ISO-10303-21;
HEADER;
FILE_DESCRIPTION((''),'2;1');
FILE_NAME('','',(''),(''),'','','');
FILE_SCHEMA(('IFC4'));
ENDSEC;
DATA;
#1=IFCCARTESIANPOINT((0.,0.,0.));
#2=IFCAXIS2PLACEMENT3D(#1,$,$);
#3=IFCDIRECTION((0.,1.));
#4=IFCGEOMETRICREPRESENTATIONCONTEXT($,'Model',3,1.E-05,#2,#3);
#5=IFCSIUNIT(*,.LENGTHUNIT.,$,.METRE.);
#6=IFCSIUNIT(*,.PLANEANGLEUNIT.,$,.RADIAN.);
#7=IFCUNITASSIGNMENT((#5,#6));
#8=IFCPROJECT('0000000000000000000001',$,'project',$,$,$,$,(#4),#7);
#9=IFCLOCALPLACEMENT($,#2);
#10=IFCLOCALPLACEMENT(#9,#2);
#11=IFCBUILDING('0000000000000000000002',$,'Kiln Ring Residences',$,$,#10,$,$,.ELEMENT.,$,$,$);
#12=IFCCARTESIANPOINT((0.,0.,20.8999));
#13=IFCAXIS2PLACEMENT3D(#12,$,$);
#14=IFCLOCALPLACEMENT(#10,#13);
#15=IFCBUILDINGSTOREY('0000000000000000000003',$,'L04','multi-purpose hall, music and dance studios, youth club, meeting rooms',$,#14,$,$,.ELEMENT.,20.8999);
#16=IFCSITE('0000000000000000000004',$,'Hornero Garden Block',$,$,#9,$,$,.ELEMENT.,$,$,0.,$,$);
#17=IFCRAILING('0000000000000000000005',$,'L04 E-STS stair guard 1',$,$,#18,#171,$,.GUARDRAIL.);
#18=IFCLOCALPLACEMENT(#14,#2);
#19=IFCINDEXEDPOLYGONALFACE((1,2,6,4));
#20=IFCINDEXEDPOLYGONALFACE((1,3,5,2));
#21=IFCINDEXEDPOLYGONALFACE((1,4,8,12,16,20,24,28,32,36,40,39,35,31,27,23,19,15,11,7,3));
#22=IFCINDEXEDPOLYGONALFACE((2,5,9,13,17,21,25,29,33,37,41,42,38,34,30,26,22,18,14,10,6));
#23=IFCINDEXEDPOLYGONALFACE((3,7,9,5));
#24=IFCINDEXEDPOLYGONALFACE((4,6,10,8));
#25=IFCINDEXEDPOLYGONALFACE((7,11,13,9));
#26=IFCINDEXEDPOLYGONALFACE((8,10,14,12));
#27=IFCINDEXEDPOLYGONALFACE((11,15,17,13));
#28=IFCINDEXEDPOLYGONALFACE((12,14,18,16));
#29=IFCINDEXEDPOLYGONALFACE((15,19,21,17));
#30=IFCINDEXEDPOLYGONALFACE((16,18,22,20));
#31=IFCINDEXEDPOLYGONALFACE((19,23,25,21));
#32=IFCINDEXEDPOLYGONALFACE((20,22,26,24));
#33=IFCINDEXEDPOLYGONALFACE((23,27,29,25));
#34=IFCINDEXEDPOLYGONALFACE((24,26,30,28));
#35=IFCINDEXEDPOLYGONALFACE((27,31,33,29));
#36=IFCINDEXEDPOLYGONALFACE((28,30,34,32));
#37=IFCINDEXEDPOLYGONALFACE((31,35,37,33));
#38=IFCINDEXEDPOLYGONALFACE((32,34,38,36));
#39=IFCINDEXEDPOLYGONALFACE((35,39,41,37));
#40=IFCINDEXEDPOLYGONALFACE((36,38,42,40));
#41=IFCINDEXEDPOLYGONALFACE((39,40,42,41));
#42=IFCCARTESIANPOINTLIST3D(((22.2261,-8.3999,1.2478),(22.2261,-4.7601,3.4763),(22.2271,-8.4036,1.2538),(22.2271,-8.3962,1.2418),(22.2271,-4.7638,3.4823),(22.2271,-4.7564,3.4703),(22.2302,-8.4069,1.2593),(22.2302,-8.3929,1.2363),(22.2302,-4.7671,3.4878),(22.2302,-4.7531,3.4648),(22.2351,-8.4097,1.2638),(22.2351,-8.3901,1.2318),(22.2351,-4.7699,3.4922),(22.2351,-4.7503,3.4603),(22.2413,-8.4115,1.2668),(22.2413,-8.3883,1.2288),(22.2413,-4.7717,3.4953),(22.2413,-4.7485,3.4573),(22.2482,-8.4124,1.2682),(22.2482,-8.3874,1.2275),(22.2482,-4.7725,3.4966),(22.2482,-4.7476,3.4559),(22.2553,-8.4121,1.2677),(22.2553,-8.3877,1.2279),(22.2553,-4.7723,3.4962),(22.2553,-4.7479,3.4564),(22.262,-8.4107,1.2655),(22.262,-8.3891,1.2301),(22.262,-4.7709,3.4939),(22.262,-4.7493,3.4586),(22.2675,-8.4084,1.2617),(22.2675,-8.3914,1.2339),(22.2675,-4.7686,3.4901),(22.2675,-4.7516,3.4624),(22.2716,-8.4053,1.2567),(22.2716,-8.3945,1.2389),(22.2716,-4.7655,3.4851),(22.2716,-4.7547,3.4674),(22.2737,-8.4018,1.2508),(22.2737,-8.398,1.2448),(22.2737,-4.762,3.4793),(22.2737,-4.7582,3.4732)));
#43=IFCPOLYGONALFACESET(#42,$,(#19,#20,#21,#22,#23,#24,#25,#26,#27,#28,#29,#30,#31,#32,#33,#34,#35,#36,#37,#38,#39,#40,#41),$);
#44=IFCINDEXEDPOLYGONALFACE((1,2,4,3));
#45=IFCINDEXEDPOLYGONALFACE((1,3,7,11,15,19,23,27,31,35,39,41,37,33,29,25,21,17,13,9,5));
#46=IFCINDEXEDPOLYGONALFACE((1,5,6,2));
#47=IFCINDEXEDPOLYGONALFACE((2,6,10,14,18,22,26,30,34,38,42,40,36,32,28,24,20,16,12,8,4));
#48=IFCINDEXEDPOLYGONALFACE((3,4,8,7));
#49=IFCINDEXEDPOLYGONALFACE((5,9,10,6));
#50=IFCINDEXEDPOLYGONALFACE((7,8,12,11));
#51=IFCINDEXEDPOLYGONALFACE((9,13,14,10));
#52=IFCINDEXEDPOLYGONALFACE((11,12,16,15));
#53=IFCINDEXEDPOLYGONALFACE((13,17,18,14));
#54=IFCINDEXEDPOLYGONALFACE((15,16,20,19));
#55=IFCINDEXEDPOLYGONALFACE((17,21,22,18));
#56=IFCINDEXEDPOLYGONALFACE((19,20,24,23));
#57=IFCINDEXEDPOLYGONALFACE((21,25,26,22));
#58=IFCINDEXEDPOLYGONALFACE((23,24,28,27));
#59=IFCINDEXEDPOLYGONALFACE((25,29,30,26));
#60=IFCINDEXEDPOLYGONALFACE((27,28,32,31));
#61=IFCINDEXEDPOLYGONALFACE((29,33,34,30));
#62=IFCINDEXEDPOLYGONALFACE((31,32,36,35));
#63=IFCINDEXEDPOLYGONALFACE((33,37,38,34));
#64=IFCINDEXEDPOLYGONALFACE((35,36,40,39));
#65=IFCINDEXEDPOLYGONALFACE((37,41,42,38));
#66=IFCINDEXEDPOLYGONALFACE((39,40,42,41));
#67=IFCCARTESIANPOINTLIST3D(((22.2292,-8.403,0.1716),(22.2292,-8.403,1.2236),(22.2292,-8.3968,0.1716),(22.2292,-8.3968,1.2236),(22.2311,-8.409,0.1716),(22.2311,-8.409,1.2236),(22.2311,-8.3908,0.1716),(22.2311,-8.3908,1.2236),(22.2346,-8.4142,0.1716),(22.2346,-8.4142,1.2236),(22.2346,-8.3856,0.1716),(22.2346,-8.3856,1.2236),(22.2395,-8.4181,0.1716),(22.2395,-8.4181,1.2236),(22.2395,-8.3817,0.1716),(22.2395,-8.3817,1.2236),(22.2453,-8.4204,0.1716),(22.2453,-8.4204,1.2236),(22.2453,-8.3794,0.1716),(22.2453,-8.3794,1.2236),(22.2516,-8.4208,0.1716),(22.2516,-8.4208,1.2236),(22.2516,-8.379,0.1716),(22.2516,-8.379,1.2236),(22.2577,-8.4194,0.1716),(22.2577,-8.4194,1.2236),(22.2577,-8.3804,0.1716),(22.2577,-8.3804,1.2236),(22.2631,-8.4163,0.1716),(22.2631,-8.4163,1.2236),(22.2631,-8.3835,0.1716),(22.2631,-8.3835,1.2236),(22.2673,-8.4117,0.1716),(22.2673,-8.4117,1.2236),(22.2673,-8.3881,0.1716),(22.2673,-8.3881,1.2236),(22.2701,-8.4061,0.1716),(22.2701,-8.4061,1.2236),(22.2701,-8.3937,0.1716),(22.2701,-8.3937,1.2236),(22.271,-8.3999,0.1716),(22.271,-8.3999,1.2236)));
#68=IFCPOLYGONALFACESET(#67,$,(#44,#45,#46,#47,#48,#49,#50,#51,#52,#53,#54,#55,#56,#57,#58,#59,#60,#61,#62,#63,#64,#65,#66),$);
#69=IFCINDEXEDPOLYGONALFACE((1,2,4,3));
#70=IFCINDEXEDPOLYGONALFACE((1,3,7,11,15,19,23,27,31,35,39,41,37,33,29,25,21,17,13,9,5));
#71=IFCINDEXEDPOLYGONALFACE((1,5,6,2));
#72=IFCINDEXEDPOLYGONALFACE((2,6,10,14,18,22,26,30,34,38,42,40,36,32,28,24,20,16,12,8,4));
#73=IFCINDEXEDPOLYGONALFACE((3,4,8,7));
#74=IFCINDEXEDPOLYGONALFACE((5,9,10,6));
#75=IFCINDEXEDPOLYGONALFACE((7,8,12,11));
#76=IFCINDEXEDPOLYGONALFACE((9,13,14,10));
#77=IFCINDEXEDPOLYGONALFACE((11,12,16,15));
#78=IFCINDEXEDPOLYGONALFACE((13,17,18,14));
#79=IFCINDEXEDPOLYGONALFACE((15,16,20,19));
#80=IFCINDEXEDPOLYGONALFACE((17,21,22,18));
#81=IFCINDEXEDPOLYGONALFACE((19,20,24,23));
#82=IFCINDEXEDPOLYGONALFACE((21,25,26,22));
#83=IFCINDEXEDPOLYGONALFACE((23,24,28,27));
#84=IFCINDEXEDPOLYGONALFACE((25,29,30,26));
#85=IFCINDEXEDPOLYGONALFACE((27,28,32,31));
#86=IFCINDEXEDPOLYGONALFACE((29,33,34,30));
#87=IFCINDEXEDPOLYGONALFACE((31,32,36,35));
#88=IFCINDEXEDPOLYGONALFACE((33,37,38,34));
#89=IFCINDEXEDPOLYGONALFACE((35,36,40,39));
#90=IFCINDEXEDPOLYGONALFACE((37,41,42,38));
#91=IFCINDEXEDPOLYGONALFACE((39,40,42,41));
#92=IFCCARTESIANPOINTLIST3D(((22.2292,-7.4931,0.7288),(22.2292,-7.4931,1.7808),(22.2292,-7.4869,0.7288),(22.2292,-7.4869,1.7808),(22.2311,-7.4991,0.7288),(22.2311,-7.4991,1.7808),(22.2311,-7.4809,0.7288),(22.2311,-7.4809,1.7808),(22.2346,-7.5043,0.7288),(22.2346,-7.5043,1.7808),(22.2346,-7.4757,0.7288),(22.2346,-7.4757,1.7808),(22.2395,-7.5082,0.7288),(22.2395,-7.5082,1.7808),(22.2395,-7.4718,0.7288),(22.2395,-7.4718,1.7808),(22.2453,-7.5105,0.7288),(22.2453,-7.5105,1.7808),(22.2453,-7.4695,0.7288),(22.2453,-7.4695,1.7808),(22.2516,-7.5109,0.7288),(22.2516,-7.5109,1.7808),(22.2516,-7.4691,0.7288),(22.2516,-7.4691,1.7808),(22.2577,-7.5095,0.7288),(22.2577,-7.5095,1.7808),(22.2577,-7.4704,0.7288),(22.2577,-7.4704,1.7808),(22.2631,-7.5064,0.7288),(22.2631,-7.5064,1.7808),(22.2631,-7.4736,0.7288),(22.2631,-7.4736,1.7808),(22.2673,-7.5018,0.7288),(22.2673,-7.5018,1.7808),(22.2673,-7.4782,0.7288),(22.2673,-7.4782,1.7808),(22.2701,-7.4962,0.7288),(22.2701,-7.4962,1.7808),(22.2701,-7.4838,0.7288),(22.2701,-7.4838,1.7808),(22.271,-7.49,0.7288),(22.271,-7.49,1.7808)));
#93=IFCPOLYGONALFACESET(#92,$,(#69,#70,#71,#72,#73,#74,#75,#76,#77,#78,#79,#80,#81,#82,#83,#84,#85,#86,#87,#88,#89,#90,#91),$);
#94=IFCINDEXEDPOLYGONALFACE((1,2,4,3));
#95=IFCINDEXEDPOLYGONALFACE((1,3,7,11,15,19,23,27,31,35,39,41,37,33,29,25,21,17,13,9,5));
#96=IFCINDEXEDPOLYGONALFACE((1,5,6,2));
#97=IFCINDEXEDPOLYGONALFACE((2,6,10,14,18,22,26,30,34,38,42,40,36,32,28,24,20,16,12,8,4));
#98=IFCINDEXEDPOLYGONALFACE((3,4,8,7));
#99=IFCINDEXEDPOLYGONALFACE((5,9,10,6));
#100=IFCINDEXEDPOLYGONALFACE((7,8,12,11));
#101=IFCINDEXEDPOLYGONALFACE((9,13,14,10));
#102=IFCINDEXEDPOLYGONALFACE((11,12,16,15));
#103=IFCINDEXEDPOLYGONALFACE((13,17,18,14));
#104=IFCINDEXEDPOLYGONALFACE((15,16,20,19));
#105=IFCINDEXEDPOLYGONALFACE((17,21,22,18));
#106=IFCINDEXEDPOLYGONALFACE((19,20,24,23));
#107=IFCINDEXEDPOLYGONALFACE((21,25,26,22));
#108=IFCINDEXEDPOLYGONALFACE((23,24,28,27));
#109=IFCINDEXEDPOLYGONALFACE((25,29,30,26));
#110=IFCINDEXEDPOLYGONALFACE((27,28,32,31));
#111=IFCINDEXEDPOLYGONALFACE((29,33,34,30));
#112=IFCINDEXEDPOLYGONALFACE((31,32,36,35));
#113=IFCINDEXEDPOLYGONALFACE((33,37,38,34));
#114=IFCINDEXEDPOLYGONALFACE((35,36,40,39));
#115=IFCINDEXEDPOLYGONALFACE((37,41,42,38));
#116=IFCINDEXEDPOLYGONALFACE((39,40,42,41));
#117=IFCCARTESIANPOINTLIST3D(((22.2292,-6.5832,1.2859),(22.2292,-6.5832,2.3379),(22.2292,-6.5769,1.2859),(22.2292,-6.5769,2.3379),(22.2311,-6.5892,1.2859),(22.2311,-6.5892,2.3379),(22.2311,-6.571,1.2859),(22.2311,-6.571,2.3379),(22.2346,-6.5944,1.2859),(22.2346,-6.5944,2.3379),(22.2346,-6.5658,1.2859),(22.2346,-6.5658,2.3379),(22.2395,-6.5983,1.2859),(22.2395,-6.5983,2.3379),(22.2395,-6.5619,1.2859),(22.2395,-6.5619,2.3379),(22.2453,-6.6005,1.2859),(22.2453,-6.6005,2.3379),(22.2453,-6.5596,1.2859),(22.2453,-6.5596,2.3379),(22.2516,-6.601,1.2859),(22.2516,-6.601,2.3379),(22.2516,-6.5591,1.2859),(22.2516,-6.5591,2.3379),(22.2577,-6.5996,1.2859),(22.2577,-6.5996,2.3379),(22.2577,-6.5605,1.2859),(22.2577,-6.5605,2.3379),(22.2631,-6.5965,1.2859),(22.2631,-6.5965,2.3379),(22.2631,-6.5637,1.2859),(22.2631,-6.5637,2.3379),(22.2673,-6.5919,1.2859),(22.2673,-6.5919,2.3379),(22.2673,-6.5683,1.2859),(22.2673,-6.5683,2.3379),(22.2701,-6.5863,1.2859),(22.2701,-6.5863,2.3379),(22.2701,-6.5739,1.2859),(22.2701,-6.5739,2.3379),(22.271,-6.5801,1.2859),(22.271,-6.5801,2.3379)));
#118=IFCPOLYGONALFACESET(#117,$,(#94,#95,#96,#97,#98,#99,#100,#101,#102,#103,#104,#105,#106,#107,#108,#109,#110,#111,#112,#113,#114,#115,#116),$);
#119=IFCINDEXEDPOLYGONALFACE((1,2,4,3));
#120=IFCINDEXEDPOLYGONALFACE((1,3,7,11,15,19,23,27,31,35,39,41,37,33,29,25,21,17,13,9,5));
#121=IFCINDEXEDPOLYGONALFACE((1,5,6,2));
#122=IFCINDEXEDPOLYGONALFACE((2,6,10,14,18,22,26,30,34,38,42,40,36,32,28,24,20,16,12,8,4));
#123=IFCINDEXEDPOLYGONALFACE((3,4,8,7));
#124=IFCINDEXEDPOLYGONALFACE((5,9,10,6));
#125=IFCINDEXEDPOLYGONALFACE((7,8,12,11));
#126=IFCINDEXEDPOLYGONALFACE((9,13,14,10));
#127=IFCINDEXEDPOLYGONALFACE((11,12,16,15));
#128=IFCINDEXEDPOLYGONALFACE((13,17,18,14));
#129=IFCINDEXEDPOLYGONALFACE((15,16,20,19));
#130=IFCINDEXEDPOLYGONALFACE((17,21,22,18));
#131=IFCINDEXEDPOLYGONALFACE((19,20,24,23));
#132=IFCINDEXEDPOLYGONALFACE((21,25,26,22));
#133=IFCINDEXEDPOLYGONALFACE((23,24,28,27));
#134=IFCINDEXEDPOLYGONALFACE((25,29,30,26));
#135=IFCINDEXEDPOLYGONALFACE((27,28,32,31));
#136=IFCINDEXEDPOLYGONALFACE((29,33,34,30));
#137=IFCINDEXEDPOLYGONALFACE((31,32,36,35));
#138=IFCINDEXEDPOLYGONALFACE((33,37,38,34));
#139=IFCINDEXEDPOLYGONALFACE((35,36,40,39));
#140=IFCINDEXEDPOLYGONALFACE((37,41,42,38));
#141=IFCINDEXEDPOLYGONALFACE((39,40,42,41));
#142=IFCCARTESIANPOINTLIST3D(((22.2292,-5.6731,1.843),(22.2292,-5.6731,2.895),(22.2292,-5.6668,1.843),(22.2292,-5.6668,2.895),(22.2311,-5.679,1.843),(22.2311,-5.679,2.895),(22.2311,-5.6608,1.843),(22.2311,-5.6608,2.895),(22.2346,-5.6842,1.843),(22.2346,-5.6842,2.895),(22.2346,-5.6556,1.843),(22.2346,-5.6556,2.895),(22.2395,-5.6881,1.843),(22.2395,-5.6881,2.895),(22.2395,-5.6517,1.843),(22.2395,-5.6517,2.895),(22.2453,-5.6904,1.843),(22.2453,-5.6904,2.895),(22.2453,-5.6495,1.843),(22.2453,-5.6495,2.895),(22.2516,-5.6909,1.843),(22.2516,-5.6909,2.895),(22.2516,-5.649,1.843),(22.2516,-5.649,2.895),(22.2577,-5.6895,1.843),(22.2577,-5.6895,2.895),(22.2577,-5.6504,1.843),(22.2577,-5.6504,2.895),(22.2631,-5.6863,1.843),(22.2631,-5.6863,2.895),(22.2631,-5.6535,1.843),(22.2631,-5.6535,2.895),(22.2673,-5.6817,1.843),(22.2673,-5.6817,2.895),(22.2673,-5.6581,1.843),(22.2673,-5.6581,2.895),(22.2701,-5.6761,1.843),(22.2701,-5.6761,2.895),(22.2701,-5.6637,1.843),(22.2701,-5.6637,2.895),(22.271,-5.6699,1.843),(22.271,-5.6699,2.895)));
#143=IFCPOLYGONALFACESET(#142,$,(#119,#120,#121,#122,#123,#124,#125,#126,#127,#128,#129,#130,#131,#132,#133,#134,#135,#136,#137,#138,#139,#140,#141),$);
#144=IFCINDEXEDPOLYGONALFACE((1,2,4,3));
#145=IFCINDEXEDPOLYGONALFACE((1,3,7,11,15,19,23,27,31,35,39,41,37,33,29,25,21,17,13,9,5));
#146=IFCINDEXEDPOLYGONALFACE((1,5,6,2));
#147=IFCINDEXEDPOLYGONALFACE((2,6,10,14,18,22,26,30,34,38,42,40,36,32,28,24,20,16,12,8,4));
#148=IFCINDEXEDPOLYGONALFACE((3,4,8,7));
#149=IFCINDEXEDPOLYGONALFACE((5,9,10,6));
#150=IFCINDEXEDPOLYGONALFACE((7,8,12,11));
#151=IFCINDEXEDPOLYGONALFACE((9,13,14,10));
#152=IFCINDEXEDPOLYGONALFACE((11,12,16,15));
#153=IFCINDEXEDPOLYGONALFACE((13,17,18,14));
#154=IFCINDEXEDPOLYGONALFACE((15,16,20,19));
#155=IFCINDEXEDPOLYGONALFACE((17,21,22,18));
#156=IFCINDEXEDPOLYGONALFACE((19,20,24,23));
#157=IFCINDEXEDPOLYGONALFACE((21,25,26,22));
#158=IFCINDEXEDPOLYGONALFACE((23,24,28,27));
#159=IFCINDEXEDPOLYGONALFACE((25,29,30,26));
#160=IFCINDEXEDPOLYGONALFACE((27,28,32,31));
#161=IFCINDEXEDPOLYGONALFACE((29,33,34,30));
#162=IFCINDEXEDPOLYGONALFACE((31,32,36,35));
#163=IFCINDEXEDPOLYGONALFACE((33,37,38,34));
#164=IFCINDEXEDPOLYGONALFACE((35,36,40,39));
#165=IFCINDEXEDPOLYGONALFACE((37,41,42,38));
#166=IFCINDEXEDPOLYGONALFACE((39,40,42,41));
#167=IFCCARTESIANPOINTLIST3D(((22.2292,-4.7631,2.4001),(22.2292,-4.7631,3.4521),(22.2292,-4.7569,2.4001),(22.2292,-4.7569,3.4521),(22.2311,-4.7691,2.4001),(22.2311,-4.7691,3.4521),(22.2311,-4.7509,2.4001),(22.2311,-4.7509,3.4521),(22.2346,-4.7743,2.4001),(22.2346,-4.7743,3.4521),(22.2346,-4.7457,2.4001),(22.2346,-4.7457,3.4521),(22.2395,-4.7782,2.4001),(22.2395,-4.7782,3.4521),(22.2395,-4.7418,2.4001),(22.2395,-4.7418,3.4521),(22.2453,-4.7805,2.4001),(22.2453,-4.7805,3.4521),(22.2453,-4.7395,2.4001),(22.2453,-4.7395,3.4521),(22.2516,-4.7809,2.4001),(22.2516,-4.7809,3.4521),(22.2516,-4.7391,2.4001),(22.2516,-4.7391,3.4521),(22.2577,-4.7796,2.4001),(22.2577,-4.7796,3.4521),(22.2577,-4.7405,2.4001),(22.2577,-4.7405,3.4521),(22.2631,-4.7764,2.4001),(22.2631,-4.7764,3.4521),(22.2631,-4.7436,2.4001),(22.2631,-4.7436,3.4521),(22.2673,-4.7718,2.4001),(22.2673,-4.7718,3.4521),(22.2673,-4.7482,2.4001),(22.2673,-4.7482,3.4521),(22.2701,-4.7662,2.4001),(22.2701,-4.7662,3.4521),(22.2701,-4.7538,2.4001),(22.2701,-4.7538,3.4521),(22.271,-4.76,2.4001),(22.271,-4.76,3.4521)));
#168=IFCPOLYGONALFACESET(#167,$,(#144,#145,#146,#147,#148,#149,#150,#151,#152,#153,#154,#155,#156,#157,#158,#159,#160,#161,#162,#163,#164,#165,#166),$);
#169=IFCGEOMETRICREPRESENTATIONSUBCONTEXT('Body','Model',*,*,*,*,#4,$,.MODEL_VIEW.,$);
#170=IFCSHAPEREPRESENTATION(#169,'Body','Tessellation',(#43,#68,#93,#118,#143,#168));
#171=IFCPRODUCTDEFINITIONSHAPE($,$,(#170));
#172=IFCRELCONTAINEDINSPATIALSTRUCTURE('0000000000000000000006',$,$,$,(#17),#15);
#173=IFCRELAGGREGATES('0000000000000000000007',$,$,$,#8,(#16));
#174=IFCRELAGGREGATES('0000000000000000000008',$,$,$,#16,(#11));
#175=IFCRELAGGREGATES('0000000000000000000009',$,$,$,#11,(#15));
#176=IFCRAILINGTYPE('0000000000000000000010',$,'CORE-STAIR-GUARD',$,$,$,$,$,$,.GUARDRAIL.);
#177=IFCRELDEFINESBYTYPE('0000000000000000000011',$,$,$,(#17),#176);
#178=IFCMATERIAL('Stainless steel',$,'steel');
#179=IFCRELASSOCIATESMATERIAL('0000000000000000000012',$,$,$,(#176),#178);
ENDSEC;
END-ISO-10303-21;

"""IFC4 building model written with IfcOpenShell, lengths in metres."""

from ifc_helpers import new_model, si_unit, direction, frame, origin, origin_2d, place, context, subcontext, project, spatial, circle, extrude, material, type_object, element, save


model = new_model("IFC4")

# Units and contexts
model_context = context("Model", 3, precision=1e-05, world=origin(), true_north=direction((0.0, 1.0)))
body_context = subcontext(model_context, "Body", "Model", "MODEL_VIEW")
ifc_project = project(units=[si_unit("LENGTHUNIT", "METRE"), si_unit("PLANEANGLEUNIT", "RADIAN")], contexts=[model_context])

# Site, building, storey
site_placement = place(None, origin())
site = spatial("IfcSite", under=ifc_project, at=site_placement, Name="Hornero Garden Block", CompositionType="ELEMENT", RefElevation=0.0)
building_placement = place(site_placement, origin())
building = spatial("IfcBuilding", under=site, at=building_placement, Name="Kiln Ring Residences", CompositionType="ELEMENT")
storey_placement = place(building_placement, frame((0.0, 0.0, 20.8999)))
storey = spatial("IfcBuildingStorey", under=building, at=storey_placement, Name="L04", Description="multi-purpose hall, music and dance studios, youth club, meeting rooms", CompositionType="ELEMENT", Elevation=20.8999)

# Railing
ifc_material_1 = material(Name="Stainless steel", Category="steel")
railing_type_1 = type_object("IfcRailingType", Name="CORE-STAIR-GUARD", PredefinedType="GUARDRAIL", material=ifc_material_1)
railing_1_placement = place(storey_placement, frame((22.25, -8.3999, 0.1716)))
element("IfcRailing", 1, at=railing_1_placement, inside=storey, type_object=railing_type_1, Name="L04 E-STS stair guard 1", PredefinedType="GUARDRAIL", context=body_context, shape_type="SweptSolid", body=[
    extrude(circle(Radius=0.0239, at=origin_2d()), frame((0.0, 0.0, 1.0762), z_axis=(0.0, 0.85285, 0.522156), x_axis=(-1.0, 0.0, 0.0)), (0.0, 0.0, 1.0), 4.2678),
    extrude(circle(Radius=0.021, at=origin_2d()), origin(), (0.0, 0.0, 1.0), 1.052),
    extrude(circle(Radius=0.021, at=origin_2d()), frame((0.0, 0.9099, 0.5571)), (0.0, 0.0, 1.0), 1.052),
    extrude(circle(Radius=0.021, at=origin_2d()), frame((0.0, 1.8198, 1.1143)), (0.0, 0.0, 1.0), 1.052),
    extrude(circle(Radius=0.021, at=origin_2d()), frame((0.0, 2.73, 1.6714)), (0.0, 0.0, 1.0), 1.052),
    extrude(circle(Radius=0.021, at=origin_2d()), frame((0.0, 3.6399, 2.2285)), (0.0, 0.0, 1.0), 1.052),
])

save(model, "model.ifc")
